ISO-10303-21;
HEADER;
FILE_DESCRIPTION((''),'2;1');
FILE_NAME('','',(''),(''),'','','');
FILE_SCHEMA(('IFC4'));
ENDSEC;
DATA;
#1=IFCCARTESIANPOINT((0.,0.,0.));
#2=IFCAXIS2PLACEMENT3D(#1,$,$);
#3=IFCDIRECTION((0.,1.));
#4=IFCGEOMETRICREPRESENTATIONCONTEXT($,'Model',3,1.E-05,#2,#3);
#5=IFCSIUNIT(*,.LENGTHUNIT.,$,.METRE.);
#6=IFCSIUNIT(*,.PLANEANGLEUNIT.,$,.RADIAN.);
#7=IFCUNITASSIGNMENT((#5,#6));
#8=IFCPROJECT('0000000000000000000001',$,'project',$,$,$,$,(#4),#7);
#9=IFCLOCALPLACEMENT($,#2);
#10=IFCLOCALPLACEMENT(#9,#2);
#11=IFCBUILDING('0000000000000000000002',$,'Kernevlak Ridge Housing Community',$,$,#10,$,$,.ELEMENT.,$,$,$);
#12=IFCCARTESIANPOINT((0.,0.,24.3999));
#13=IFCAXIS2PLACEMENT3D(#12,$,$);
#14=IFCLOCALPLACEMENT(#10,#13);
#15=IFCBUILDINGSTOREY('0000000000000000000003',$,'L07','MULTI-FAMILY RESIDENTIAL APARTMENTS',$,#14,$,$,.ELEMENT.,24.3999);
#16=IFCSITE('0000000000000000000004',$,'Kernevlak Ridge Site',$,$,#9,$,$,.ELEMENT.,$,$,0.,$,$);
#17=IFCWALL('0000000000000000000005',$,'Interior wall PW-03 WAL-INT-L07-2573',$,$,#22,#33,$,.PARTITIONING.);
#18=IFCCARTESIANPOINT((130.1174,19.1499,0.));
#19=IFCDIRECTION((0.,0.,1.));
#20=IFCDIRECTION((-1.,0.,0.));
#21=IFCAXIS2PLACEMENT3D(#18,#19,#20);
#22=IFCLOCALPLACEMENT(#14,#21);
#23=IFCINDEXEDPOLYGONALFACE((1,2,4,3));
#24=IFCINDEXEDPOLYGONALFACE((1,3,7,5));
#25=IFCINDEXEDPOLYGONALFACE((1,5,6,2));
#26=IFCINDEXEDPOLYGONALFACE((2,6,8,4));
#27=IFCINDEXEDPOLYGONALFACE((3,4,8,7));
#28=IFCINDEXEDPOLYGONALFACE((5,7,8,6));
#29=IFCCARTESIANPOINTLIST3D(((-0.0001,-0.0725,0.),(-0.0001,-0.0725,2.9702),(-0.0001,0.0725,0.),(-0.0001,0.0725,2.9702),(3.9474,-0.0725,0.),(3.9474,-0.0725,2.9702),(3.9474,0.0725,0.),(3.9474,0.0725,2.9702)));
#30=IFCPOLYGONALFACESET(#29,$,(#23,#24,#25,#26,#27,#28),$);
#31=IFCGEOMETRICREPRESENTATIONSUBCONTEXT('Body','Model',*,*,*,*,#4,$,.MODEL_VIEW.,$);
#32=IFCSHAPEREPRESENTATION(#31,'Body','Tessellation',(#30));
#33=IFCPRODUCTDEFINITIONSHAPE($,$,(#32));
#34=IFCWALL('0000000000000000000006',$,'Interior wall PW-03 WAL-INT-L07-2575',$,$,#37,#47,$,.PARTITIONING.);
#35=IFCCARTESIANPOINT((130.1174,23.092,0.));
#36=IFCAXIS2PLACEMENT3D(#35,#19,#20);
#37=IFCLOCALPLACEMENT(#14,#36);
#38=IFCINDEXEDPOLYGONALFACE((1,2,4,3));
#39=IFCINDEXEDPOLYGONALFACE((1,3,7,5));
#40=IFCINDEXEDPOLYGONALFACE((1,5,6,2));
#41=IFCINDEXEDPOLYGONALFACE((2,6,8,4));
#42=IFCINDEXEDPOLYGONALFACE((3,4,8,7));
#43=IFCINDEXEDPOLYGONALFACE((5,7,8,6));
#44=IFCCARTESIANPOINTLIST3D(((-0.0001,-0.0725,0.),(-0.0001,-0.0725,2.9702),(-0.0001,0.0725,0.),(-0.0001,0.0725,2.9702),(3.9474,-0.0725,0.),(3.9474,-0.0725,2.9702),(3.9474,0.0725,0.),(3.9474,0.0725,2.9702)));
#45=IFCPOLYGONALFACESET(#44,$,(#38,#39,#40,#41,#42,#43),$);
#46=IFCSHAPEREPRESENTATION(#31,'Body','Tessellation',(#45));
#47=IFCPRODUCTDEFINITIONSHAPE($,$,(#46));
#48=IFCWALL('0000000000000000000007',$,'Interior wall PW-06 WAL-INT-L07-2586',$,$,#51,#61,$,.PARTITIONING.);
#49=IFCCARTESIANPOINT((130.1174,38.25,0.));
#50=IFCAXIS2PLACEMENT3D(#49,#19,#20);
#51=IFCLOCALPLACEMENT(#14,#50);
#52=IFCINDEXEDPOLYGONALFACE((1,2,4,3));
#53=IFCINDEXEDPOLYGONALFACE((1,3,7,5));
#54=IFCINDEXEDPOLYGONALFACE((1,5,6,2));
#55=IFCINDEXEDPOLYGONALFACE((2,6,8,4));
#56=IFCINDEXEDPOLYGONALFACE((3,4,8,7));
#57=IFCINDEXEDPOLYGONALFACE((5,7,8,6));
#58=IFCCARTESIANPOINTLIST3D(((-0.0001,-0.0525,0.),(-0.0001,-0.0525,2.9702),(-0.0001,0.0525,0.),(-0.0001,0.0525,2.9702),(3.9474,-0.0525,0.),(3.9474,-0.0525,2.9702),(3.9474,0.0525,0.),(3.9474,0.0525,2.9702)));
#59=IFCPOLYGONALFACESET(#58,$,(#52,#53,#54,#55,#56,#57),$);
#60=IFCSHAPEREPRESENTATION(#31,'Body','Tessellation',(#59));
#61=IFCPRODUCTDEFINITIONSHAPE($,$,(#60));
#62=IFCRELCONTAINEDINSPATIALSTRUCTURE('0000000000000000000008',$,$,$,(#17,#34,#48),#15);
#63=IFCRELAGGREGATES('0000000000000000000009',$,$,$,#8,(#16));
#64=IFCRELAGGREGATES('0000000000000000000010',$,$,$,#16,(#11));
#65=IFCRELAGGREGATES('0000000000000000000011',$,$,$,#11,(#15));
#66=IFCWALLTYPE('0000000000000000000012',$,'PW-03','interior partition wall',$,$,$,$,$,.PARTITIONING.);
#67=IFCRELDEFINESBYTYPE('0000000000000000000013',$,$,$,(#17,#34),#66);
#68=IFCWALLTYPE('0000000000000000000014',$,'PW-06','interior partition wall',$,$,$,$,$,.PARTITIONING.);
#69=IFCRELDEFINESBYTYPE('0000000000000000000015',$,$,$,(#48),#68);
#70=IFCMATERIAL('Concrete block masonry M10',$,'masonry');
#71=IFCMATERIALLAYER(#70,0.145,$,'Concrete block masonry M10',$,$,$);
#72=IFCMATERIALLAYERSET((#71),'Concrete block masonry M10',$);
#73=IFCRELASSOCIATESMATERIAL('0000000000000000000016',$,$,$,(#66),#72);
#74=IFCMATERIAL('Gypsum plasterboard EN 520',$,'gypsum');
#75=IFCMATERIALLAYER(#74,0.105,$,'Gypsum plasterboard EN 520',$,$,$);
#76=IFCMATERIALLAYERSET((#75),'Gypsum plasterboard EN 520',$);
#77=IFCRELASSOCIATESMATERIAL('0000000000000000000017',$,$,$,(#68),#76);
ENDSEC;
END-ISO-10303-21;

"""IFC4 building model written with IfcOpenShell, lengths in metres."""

from ifc_helpers import new_model, si_unit, direction, frame, frame_2d, origin, place, context, subcontext, project, spatial, rectangle, extrude, material, layer, layer_set, type_object, element, save


model = new_model("IFC4")

# Units and contexts
model_context = context("Model", 3, precision=1e-05, world=origin(), true_north=direction((0.0, 1.0)))
body_context = subcontext(model_context, "Body", "Model", "MODEL_VIEW")
ifc_project = project(units=[si_unit("LENGTHUNIT", "METRE"), si_unit("PLANEANGLEUNIT", "RADIAN")], contexts=[model_context])

# Site, building, storey
site_placement = place(None, origin())
site = spatial("IfcSite", under=ifc_project, at=site_placement, Name="Kernevlak Ridge Site", CompositionType="ELEMENT", RefElevation=0.0)
building_placement = place(site_placement, origin())
building = spatial("IfcBuilding", under=site, at=building_placement, Name="Kernevlak Ridge Housing Community", CompositionType="ELEMENT")
storey_placement = place(building_placement, frame((0.0, 0.0, 24.3999)))
storey = spatial("IfcBuildingStorey", under=building, at=storey_placement, Name="L07", Description="MULTI-FAMILY RESIDENTIAL APARTMENTS", CompositionType="ELEMENT", Elevation=24.3999)

# Shared definitions
ifc_material_1 = material(Name="Concrete block masonry M10", Category="masonry")

# Shared definitions
ifc_layer_1 = layer(ifc_material_1, 0.145, Name="Concrete block masonry M10")
ifc_layer_set_1 = layer_set([ifc_layer_1], Name="Concrete block masonry M10")
wall_type_1 = type_object("IfcWallType", Name="PW-03", Description="interior partition wall", PredefinedType="PARTITIONING", material=ifc_layer_set_1)

# Wall
wall_1_placement = place(storey_placement, frame((130.1174, 19.1499, 0.0), z_axis=(0.0, 0.0, 1.0), x_axis=(-1.0, 0.0, 0.0)))
element("IfcWall", 1, at=wall_1_placement, inside=storey, type_object=wall_type_1, Name="Interior wall PW-03 WAL-INT-L07-2573", PredefinedType="PARTITIONING", context=body_context, shape_type="SweptSolid", body=[
    extrude(rectangle(XDim=3.9475, YDim=0.145, at=frame_2d((1.9736, 0.0))), origin(), (0.0, 0.0, 1.0), 2.9702),
])

# Walls
wall_2_placement = place(storey_placement, frame((130.1174, 23.092, 0.0), z_axis=(0.0, 0.0, 1.0), x_axis=(-1.0, 0.0, 0.0)))
element("IfcWall", 2, at=wall_2_placement, inside=storey, type_object=wall_type_1, Name="Interior wall PW-03 WAL-INT-L07-2575", PredefinedType="PARTITIONING", context=body_context, shape_type="SweptSolid", body=[
    extrude(rectangle(XDim=3.9475, YDim=0.145, at=frame_2d((1.9736, 0.0))), origin(), (0.0, 0.0, 1.0), 2.9702),
])
ifc_material_2 = material(Name="Gypsum plasterboard EN 520", Category="gypsum")
ifc_layer_2 = layer(ifc_material_2, 0.105, Name="Gypsum plasterboard EN 520")
ifc_layer_set_2 = layer_set([ifc_layer_2], Name="Gypsum plasterboard EN 520")
wall_type_2 = type_object("IfcWallType", Name="PW-06", Description="interior partition wall", PredefinedType="PARTITIONING", material=ifc_layer_set_2)
wall_3_placement = place(storey_placement, frame((130.1174, 38.25, 0.0), z_axis=(0.0, 0.0, 1.0), x_axis=(-1.0, 0.0, 0.0)))
element("IfcWall", 3, at=wall_3_placement, inside=storey, type_object=wall_type_2, Name="Interior wall PW-06 WAL-INT-L07-2586", PredefinedType="PARTITIONING", context=body_context, shape_type="SweptSolid", body=[
    extrude(rectangle(XDim=3.9475, YDim=0.105, at=frame_2d((1.9736, 0.0))), origin(), (0.0, 0.0, 1.0), 2.9702),
])

save(model, "model.ifc")
